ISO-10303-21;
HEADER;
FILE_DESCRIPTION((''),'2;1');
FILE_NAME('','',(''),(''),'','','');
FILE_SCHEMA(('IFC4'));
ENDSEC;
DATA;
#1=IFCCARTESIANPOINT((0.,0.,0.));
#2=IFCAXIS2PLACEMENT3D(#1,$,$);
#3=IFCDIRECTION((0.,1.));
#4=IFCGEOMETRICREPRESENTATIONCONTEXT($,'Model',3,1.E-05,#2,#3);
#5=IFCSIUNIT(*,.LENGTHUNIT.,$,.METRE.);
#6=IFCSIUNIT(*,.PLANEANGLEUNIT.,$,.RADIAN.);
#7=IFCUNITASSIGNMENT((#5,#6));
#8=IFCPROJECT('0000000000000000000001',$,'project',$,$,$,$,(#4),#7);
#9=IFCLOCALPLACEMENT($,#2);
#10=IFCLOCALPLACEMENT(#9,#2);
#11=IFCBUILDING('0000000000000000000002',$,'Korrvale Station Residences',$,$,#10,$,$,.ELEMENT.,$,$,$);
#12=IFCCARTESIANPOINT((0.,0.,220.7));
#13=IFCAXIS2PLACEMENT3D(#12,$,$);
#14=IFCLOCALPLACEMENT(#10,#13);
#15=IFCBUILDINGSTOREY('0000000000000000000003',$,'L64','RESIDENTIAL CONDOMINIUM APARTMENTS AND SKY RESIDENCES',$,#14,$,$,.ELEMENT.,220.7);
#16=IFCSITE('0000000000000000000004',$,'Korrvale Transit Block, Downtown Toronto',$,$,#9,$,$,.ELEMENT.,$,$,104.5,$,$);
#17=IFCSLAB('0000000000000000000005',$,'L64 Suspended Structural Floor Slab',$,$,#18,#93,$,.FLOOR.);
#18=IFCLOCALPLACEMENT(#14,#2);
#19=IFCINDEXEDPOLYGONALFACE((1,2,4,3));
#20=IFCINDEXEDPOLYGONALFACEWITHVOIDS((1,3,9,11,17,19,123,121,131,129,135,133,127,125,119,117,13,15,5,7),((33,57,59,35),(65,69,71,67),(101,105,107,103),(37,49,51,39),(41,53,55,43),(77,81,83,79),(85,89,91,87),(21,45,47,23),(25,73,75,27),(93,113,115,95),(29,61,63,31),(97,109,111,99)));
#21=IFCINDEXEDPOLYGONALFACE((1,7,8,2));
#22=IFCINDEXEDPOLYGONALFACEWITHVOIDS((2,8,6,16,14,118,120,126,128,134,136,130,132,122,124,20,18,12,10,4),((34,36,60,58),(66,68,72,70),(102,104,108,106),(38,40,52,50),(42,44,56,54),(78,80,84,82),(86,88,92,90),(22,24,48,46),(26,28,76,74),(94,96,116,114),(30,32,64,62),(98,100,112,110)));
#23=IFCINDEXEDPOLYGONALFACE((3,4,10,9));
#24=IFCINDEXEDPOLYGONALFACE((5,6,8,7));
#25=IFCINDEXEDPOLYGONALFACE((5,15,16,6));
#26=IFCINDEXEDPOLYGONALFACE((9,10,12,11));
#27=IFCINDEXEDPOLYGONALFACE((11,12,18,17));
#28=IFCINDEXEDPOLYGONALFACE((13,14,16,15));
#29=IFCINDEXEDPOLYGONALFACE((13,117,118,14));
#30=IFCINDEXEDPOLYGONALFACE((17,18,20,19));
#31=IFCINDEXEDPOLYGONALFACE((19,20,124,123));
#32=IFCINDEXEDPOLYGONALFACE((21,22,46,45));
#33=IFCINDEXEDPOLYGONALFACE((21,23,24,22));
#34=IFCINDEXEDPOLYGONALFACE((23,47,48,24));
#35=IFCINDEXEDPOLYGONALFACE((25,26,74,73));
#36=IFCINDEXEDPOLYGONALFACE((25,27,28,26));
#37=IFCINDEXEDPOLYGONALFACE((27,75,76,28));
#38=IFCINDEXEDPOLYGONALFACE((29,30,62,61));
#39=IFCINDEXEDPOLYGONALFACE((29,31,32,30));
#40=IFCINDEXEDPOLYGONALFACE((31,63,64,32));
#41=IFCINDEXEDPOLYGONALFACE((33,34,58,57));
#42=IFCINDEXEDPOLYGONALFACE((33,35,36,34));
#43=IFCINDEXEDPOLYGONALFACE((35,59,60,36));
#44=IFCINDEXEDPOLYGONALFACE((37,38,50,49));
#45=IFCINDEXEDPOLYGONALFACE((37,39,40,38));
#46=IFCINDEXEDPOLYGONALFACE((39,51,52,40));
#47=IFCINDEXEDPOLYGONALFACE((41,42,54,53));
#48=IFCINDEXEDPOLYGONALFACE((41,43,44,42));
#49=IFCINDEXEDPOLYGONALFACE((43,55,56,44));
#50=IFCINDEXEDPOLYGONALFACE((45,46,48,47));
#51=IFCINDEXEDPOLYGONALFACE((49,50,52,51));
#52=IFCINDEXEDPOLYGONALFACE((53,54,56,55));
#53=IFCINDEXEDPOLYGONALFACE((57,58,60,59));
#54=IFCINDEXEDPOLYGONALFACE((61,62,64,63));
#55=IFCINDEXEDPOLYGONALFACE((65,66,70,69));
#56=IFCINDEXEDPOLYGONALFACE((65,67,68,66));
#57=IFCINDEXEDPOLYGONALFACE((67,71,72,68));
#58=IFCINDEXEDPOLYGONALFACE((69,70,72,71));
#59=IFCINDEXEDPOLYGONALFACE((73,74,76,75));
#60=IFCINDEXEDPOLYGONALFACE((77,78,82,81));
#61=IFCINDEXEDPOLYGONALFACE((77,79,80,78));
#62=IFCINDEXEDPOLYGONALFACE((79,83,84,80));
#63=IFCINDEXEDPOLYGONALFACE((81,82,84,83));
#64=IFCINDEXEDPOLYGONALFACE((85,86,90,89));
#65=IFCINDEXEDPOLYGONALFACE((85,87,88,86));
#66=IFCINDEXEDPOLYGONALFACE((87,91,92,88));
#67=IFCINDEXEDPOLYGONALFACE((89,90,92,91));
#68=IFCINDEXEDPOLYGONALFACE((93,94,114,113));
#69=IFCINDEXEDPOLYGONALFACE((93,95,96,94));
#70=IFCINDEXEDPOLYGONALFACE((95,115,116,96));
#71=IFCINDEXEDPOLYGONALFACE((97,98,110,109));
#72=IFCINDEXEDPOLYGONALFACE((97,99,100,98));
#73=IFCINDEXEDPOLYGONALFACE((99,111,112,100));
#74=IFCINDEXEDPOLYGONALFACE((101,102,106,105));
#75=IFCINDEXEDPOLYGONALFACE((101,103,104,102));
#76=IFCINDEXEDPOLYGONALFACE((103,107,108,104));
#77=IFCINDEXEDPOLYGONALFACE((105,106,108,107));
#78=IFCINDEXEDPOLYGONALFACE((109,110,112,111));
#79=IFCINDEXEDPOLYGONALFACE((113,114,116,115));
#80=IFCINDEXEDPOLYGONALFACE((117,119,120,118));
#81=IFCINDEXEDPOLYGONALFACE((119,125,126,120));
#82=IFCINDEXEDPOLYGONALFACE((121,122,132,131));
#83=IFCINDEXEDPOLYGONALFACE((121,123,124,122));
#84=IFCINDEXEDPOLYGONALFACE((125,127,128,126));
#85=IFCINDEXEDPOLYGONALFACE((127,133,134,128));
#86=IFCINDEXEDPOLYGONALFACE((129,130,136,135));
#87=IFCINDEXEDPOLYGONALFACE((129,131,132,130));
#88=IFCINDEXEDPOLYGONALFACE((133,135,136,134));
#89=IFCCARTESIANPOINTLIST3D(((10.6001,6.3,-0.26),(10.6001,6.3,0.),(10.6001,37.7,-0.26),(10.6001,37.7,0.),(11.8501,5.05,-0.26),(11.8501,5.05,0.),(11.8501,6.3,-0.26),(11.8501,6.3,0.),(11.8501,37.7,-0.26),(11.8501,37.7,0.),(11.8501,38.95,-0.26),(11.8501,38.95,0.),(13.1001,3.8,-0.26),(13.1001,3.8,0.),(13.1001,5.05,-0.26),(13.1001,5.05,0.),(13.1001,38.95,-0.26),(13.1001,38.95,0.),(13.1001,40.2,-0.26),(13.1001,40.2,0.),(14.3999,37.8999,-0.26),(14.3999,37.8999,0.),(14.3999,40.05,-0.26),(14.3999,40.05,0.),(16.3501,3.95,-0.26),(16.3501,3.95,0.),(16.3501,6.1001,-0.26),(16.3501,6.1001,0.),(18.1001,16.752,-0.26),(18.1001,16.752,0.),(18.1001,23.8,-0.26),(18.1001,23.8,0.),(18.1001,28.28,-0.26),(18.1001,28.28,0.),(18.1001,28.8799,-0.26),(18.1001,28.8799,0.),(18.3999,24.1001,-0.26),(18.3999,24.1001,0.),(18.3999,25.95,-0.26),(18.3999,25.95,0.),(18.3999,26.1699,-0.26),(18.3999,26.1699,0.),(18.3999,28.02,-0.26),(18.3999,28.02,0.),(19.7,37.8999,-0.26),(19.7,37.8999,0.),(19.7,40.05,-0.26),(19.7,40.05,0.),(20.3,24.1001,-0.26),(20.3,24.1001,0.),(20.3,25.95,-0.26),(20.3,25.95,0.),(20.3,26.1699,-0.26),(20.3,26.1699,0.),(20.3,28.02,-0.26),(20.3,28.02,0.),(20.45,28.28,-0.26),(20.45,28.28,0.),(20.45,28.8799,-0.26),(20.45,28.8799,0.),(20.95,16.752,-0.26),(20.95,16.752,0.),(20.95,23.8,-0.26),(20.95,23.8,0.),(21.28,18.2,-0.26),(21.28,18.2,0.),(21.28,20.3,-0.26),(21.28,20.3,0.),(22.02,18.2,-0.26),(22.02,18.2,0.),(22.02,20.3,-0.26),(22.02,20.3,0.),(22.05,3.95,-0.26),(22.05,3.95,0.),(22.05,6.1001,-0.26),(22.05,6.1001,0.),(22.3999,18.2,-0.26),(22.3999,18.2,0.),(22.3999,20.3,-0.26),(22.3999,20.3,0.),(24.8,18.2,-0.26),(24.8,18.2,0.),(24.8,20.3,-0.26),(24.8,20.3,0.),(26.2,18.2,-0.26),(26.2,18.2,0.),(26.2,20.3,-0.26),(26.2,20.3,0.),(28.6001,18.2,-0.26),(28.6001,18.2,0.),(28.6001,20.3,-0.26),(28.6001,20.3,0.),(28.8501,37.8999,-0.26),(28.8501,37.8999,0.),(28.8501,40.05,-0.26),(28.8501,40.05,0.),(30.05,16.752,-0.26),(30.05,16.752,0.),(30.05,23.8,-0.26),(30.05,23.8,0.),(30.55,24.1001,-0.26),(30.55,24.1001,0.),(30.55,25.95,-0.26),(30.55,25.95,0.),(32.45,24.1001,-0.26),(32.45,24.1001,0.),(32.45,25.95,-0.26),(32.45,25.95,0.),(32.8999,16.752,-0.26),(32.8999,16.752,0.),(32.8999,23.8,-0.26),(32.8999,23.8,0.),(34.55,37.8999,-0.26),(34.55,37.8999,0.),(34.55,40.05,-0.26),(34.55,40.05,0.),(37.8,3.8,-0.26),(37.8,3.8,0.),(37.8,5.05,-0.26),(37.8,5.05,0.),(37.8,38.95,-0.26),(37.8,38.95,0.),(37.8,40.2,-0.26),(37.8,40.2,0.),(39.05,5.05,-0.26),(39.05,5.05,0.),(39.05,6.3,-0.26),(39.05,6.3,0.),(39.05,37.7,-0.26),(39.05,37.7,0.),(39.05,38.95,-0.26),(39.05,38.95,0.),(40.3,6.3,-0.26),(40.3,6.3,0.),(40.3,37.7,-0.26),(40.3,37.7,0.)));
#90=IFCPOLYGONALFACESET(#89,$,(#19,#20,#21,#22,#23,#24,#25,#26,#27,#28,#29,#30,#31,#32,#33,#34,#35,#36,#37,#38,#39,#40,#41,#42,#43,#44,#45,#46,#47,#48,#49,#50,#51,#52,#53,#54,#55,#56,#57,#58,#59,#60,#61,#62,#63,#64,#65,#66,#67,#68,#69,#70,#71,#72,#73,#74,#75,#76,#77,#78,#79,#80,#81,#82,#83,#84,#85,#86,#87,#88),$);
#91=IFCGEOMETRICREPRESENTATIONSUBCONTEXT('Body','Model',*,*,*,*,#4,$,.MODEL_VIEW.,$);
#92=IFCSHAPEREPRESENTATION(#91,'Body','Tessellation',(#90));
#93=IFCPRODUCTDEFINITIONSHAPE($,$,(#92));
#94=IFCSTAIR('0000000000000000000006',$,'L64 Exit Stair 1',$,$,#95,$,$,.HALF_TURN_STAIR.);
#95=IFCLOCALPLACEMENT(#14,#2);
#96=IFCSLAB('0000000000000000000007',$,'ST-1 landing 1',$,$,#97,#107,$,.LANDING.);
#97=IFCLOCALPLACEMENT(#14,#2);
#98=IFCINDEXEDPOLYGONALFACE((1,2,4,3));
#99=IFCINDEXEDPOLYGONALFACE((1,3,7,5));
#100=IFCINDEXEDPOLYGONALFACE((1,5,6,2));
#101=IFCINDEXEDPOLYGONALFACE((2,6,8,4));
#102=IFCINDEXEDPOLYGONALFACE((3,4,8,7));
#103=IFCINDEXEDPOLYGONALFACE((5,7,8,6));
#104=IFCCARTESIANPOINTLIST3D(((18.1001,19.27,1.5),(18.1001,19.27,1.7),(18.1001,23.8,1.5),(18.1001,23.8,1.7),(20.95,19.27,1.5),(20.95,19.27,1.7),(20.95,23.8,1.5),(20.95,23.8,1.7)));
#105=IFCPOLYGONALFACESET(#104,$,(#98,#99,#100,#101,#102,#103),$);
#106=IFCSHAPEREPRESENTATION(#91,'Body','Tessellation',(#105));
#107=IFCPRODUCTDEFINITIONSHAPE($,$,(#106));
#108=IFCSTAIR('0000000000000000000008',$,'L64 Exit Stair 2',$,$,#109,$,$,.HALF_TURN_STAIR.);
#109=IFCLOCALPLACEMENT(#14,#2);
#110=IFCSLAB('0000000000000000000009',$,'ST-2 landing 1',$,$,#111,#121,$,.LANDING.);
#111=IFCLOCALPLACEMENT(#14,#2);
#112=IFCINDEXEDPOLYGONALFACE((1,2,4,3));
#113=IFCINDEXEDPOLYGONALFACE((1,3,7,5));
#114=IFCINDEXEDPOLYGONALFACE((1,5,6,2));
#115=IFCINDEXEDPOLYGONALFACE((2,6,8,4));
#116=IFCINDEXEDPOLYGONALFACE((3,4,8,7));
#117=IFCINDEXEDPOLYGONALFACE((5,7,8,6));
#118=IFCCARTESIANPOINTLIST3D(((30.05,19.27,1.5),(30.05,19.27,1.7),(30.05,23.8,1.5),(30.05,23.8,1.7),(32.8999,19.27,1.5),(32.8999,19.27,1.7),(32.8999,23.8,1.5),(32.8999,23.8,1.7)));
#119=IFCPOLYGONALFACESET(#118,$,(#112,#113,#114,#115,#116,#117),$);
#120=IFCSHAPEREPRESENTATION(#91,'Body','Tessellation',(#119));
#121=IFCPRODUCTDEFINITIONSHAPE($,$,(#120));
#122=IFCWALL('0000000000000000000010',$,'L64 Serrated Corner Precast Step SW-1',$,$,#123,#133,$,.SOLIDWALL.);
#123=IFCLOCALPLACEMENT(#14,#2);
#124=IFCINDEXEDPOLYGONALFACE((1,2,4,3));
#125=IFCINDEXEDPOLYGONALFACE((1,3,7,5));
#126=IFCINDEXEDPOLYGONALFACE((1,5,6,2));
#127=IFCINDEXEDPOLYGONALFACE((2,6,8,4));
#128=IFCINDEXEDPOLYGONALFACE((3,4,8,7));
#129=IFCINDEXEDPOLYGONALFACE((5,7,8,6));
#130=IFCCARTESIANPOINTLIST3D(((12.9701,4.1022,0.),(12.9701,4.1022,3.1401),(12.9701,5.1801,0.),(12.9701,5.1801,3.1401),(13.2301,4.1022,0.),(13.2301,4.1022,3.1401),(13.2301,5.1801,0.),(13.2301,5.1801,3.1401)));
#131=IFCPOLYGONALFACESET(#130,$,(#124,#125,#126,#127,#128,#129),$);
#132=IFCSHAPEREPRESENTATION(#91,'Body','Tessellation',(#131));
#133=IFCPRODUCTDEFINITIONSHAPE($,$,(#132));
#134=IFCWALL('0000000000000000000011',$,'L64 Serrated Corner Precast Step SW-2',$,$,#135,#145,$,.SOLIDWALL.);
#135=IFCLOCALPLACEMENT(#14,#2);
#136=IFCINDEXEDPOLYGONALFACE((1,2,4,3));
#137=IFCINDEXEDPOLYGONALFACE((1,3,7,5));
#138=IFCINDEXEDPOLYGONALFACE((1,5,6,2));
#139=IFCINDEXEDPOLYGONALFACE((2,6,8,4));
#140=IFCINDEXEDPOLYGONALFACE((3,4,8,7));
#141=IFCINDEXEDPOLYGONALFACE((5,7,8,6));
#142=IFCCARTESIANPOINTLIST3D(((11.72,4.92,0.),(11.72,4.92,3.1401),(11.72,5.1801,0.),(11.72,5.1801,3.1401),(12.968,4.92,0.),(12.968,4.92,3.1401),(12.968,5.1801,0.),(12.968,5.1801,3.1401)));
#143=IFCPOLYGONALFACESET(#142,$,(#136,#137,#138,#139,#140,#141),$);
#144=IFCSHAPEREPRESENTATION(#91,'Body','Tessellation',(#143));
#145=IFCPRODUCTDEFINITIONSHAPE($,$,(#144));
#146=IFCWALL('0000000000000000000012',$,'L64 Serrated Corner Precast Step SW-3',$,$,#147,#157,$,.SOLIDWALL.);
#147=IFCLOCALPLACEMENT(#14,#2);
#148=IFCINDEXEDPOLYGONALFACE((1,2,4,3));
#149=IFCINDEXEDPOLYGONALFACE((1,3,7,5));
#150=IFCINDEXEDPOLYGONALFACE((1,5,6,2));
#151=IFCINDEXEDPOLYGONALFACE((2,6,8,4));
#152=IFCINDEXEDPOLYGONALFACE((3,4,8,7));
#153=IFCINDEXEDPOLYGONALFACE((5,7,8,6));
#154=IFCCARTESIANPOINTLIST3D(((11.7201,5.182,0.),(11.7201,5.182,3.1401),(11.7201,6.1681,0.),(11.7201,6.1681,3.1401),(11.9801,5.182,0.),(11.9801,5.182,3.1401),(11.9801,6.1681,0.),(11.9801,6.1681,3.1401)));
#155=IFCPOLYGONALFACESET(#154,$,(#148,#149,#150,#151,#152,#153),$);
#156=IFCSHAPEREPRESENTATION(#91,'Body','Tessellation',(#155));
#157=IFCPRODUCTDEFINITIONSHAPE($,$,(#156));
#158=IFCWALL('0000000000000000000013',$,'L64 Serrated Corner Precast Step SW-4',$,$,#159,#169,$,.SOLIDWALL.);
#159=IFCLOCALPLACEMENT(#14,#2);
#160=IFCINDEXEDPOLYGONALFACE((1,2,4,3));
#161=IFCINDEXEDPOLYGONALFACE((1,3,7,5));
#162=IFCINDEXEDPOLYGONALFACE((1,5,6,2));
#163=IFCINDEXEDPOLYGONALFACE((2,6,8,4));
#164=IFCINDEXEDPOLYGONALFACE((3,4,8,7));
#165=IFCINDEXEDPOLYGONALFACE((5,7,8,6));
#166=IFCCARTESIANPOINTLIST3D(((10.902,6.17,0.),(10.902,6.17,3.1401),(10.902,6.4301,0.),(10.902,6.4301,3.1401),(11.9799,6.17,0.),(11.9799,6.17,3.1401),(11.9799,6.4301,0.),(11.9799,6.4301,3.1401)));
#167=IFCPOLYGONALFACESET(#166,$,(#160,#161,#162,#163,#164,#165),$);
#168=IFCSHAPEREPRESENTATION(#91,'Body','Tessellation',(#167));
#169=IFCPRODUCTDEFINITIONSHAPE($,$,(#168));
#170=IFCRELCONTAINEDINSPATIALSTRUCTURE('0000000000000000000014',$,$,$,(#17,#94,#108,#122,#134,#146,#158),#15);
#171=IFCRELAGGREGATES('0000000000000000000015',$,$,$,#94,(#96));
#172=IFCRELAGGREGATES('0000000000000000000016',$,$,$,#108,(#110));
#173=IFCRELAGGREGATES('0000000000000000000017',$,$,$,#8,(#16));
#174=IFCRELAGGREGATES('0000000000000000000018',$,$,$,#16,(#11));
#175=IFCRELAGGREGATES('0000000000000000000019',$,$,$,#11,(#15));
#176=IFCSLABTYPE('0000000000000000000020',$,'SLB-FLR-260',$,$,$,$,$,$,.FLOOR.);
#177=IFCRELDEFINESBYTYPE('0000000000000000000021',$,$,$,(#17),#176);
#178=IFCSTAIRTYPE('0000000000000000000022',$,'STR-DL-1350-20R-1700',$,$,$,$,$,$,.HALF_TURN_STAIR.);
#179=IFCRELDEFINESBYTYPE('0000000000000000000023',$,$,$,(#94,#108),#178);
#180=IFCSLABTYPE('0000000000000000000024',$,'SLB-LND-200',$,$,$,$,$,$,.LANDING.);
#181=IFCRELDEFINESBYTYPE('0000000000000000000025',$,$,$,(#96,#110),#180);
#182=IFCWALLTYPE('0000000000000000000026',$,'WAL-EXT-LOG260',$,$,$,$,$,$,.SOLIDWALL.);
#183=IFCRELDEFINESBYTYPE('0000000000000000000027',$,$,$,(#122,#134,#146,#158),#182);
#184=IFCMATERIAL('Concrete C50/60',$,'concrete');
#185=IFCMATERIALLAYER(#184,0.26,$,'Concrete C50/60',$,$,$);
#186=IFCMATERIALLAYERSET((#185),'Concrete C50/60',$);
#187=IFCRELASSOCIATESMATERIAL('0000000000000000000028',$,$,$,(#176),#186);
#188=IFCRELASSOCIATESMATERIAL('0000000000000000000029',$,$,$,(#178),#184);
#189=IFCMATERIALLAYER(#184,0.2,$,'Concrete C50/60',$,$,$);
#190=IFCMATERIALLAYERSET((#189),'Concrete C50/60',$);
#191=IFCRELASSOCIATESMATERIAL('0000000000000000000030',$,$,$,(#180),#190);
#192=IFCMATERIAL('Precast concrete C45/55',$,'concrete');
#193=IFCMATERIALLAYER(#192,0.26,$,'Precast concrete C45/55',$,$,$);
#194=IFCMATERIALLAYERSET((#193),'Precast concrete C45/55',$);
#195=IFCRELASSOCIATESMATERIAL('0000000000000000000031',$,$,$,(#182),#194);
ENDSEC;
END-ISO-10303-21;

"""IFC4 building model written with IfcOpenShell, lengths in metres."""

from ifc_helpers import new_model, si_unit, direction, frame, frame_2d, origin, place, context, subcontext, project, spatial, polyline, rectangle, outline, extrude, material, layer, layer_set, type_object, element, aggregate, save


model = new_model("IFC4")

# Units and contexts
model_context = context("Model", 3, precision=1e-05, world=origin(), true_north=direction((0.0, 1.0)))
body_context = subcontext(model_context, "Body", "Model", "MODEL_VIEW")
ifc_project = project(units=[si_unit("LENGTHUNIT", "METRE"), si_unit("PLANEANGLEUNIT", "RADIAN")], contexts=[model_context])

# Site, building, storey
site_placement = place(None, origin())
site = spatial("IfcSite", under=ifc_project, at=site_placement, Name="Korrvale Transit Block, Downtown Toronto", CompositionType="ELEMENT", RefElevation=104.5)
building_placement = place(site_placement, origin())
building = spatial("IfcBuilding", under=site, at=building_placement, Name="Korrvale Station Residences", CompositionType="ELEMENT")
storey_placement = place(building_placement, frame((0.0, 0.0, 220.7)))
storey = spatial("IfcBuildingStorey", under=building, at=storey_placement, Name="L64", Description="RESIDENTIAL CONDOMINIUM APARTMENTS AND SKY RESIDENCES", CompositionType="ELEMENT", Elevation=220.7)

# Shared definitions
ifc_material_1 = material(Name="Concrete C50/60", Category="concrete")

# Slab
ifc_layer_1 = layer(ifc_material_1, 0.26, Name="Concrete C50/60")
ifc_layer_set_1 = layer_set([ifc_layer_1], Name="Concrete C50/60")
slab_type_1 = type_object("IfcSlabType", Name="SLB-FLR-260", PredefinedType="FLOOR", material=ifc_layer_set_1)
slab_1_placement = place(storey_placement, frame((0.0, 0.0, -0.26)))
element("IfcSlab", 1, at=slab_1_placement, inside=storey, type_object=slab_type_1, Name="L64 Suspended Structural Floor Slab", PredefinedType="FLOOR", context=body_context, shape_type="SweptSolid", body=[
    extrude(outline(polyline([(13.1001, 3.8), (37.8, 3.8), (37.8, 5.05), (39.05, 5.05), (39.05, 6.3), (40.3, 6.3), (40.3, 37.7), (39.05, 37.7), (39.05, 38.95), (37.8, 38.95), (37.8, 40.2), (13.1001, 40.2), (13.1001, 38.95), (11.8501, 38.95), (11.8501, 37.7), (10.6001, 37.7), (10.6001, 6.3), (11.8501, 6.3), (11.8501, 5.05), (13.1001, 5.05), (13.1001, 3.8)]), holes=[polyline([(20.95, 16.752), (20.95, 23.8), (18.1001, 23.8), (18.1001, 16.752), (20.95, 16.752)]), polyline([(32.8999, 16.752), (32.8999, 23.8), (30.05, 23.8), (30.05, 16.752), (32.8999, 16.752)]), polyline([(18.3999, 24.1001), (20.3, 24.1001), (20.3, 25.95), (18.3999, 25.95), (18.3999, 24.1001)]), polyline([(18.3999, 26.1699), (20.3, 26.1699), (20.3, 28.02), (18.3999, 28.02), (18.3999, 26.1699)]), polyline([(30.55, 24.1001), (32.45, 24.1001), (32.45, 25.95), (30.55, 25.95), (30.55, 24.1001)]), polyline([(22.3999, 18.2), (24.8, 18.2), (24.8, 20.3), (22.3999, 20.3), (22.3999, 18.2)]), polyline([(26.2, 18.2), (28.6001, 18.2), (28.6001, 20.3), (26.2, 20.3), (26.2, 18.2)]), polyline([(18.1001, 28.28), (20.45, 28.28), (20.45, 28.8799), (18.1001, 28.8799), (18.1001, 28.28)]), polyline([(21.28, 18.2), (22.02, 18.2), (22.02, 20.3), (21.28, 20.3), (21.28, 18.2)]), polyline([(16.3501, 3.95), (22.05, 3.95), (22.05, 6.1001), (16.3501, 6.1001), (16.3501, 3.95)]), polyline([(28.8501, 37.8999), (34.55, 37.8999), (34.55, 40.05), (28.8501, 40.05), (28.8501, 37.8999)]), polyline([(14.3999, 37.8999), (19.7, 37.8999), (19.7, 40.05), (14.3999, 40.05), (14.3999, 37.8999)])]), origin(), (0.0, 0.0, 1.0), 0.26),
])

# Stairs, slabs
stair_type = type_object("IfcStairType", Name="STR-DL-1350-20R-1700", PredefinedType="HALF_TURN_STAIR", material=ifc_material_1)
stair_1_placement = place(storey_placement, origin())
stair_1 = element("IfcStair", 2, at=stair_1_placement, inside=storey, type_object=stair_type, Name="L64 Exit Stair 1", PredefinedType="HALF_TURN_STAIR")
ifc_layer_2 = layer(ifc_material_1, 0.2, Name="Concrete C50/60")
ifc_layer_set_2 = layer_set([ifc_layer_2], Name="Concrete C50/60")
slab_type_2 = type_object("IfcSlabType", Name="SLB-LND-200", PredefinedType="LANDING", material=ifc_layer_set_2)
slab_2_placement = place(storey_placement, frame((0.0, 0.0, 1.5)))
slab_2 = element("IfcSlab", 3, at=slab_2_placement, type_object=slab_type_2, Name="ST-1 landing 1", PredefinedType="LANDING", context=body_context, shape_type="SweptSolid", body=[
    extrude(outline(polyline([(20.95, 19.27), (20.95, 23.8), (18.1001, 23.8), (18.1001, 19.27), (20.95, 19.27)])), origin(), (0.0, 0.0, 1.0), 0.2),
])
aggregate(stair_1, [slab_2])
stair_2_placement = place(storey_placement, origin())
stair_2 = element("IfcStair", 4, at=stair_2_placement, inside=storey, type_object=stair_type, Name="L64 Exit Stair 2", PredefinedType="HALF_TURN_STAIR")
slab_3_placement = place(storey_placement, frame((0.0, 0.0, 1.5)))
slab_3 = element("IfcSlab", 5, at=slab_3_placement, type_object=slab_type_2, Name="ST-2 landing 1", PredefinedType="LANDING", context=body_context, shape_type="SweptSolid", body=[
    extrude(outline(polyline([(32.8999, 19.27), (32.8999, 23.8), (30.05, 23.8), (30.05, 19.27), (32.8999, 19.27)])), origin(), (0.0, 0.0, 1.0), 0.2),
])
aggregate(stair_2, [slab_3])

# Walls
ifc_material_2 = material(Name="Precast concrete C45/55", Category="concrete")
ifc_layer_3 = layer(ifc_material_2, 0.26, Name="Precast concrete C45/55")
ifc_layer_set_3 = layer_set([ifc_layer_3], Name="Precast concrete C45/55")
wall_type_1 = type_object("IfcWallType", Name="WAL-EXT-LOG260", PredefinedType="SOLIDWALL", material=ifc_layer_set_3)
wall_1_placement = place(storey_placement, frame((13.1001, 4.1021, 0.0), z_axis=(0.0, 0.0, 1.0), x_axis=(0.0, 1.0, 0.0)))
element("IfcWall", 6, at=wall_1_placement, inside=storey, type_object=wall_type_1, Name="L64 Serrated Corner Precast Step SW-1", PredefinedType="SOLIDWALL", context=body_context, shape_type="SweptSolid", body=[
    extrude(rectangle(XDim=1.0779, YDim=0.26, at=frame_2d((0.5391, 0.0))), origin(), (0.0, 0.0, 1.0), 3.1401),
])
wall_2_placement = place(storey_placement, frame((12.968, 5.05, 0.0), z_axis=(0.0, 0.0, 1.0), x_axis=(-1.0, 0.0, 0.0)))
element("IfcWall", 7, at=wall_2_placement, inside=storey, type_object=wall_type_1, Name="L64 Serrated Corner Precast Step SW-2", PredefinedType="SOLIDWALL", context=body_context, shape_type="SweptSolid", body=[
    extrude(rectangle(XDim=1.248, YDim=0.26, at=frame_2d((0.624, 0.0))), origin(), (0.0, 0.0, 1.0), 3.1401),
])
wall_3_placement = place(storey_placement, frame((11.8501, 5.1819, 0.0), z_axis=(0.0, 0.0, 1.0), x_axis=(0.0, 1.0, 0.0)))
element("IfcWall", 8, at=wall_3_placement, inside=storey, type_object=wall_type_1, Name="L64 Serrated Corner Precast Step SW-3", PredefinedType="SOLIDWALL", context=body_context, shape_type="SweptSolid", body=[
    extrude(rectangle(XDim=0.9861, YDim=0.26, at=frame_2d((0.4932, 0.0))), origin(), (0.0, 0.0, 1.0), 3.1401),
])
wall_4_placement = place(storey_placement, frame((11.98, 6.3, 0.0), z_axis=(0.0, 0.0, 1.0), x_axis=(-1.0, 0.0, 0.0)))
element("IfcWall", 9, at=wall_4_placement, inside=storey, type_object=wall_type_1, Name="L64 Serrated Corner Precast Step SW-4", PredefinedType="SOLIDWALL", context=body_context, shape_type="SweptSolid", body=[
    extrude(rectangle(XDim=1.0779, YDim=0.26, at=frame_2d((0.5391, 0.0))), origin(), (0.0, 0.0, 1.0), 3.1401),
])

save(model, "model.ifc")
